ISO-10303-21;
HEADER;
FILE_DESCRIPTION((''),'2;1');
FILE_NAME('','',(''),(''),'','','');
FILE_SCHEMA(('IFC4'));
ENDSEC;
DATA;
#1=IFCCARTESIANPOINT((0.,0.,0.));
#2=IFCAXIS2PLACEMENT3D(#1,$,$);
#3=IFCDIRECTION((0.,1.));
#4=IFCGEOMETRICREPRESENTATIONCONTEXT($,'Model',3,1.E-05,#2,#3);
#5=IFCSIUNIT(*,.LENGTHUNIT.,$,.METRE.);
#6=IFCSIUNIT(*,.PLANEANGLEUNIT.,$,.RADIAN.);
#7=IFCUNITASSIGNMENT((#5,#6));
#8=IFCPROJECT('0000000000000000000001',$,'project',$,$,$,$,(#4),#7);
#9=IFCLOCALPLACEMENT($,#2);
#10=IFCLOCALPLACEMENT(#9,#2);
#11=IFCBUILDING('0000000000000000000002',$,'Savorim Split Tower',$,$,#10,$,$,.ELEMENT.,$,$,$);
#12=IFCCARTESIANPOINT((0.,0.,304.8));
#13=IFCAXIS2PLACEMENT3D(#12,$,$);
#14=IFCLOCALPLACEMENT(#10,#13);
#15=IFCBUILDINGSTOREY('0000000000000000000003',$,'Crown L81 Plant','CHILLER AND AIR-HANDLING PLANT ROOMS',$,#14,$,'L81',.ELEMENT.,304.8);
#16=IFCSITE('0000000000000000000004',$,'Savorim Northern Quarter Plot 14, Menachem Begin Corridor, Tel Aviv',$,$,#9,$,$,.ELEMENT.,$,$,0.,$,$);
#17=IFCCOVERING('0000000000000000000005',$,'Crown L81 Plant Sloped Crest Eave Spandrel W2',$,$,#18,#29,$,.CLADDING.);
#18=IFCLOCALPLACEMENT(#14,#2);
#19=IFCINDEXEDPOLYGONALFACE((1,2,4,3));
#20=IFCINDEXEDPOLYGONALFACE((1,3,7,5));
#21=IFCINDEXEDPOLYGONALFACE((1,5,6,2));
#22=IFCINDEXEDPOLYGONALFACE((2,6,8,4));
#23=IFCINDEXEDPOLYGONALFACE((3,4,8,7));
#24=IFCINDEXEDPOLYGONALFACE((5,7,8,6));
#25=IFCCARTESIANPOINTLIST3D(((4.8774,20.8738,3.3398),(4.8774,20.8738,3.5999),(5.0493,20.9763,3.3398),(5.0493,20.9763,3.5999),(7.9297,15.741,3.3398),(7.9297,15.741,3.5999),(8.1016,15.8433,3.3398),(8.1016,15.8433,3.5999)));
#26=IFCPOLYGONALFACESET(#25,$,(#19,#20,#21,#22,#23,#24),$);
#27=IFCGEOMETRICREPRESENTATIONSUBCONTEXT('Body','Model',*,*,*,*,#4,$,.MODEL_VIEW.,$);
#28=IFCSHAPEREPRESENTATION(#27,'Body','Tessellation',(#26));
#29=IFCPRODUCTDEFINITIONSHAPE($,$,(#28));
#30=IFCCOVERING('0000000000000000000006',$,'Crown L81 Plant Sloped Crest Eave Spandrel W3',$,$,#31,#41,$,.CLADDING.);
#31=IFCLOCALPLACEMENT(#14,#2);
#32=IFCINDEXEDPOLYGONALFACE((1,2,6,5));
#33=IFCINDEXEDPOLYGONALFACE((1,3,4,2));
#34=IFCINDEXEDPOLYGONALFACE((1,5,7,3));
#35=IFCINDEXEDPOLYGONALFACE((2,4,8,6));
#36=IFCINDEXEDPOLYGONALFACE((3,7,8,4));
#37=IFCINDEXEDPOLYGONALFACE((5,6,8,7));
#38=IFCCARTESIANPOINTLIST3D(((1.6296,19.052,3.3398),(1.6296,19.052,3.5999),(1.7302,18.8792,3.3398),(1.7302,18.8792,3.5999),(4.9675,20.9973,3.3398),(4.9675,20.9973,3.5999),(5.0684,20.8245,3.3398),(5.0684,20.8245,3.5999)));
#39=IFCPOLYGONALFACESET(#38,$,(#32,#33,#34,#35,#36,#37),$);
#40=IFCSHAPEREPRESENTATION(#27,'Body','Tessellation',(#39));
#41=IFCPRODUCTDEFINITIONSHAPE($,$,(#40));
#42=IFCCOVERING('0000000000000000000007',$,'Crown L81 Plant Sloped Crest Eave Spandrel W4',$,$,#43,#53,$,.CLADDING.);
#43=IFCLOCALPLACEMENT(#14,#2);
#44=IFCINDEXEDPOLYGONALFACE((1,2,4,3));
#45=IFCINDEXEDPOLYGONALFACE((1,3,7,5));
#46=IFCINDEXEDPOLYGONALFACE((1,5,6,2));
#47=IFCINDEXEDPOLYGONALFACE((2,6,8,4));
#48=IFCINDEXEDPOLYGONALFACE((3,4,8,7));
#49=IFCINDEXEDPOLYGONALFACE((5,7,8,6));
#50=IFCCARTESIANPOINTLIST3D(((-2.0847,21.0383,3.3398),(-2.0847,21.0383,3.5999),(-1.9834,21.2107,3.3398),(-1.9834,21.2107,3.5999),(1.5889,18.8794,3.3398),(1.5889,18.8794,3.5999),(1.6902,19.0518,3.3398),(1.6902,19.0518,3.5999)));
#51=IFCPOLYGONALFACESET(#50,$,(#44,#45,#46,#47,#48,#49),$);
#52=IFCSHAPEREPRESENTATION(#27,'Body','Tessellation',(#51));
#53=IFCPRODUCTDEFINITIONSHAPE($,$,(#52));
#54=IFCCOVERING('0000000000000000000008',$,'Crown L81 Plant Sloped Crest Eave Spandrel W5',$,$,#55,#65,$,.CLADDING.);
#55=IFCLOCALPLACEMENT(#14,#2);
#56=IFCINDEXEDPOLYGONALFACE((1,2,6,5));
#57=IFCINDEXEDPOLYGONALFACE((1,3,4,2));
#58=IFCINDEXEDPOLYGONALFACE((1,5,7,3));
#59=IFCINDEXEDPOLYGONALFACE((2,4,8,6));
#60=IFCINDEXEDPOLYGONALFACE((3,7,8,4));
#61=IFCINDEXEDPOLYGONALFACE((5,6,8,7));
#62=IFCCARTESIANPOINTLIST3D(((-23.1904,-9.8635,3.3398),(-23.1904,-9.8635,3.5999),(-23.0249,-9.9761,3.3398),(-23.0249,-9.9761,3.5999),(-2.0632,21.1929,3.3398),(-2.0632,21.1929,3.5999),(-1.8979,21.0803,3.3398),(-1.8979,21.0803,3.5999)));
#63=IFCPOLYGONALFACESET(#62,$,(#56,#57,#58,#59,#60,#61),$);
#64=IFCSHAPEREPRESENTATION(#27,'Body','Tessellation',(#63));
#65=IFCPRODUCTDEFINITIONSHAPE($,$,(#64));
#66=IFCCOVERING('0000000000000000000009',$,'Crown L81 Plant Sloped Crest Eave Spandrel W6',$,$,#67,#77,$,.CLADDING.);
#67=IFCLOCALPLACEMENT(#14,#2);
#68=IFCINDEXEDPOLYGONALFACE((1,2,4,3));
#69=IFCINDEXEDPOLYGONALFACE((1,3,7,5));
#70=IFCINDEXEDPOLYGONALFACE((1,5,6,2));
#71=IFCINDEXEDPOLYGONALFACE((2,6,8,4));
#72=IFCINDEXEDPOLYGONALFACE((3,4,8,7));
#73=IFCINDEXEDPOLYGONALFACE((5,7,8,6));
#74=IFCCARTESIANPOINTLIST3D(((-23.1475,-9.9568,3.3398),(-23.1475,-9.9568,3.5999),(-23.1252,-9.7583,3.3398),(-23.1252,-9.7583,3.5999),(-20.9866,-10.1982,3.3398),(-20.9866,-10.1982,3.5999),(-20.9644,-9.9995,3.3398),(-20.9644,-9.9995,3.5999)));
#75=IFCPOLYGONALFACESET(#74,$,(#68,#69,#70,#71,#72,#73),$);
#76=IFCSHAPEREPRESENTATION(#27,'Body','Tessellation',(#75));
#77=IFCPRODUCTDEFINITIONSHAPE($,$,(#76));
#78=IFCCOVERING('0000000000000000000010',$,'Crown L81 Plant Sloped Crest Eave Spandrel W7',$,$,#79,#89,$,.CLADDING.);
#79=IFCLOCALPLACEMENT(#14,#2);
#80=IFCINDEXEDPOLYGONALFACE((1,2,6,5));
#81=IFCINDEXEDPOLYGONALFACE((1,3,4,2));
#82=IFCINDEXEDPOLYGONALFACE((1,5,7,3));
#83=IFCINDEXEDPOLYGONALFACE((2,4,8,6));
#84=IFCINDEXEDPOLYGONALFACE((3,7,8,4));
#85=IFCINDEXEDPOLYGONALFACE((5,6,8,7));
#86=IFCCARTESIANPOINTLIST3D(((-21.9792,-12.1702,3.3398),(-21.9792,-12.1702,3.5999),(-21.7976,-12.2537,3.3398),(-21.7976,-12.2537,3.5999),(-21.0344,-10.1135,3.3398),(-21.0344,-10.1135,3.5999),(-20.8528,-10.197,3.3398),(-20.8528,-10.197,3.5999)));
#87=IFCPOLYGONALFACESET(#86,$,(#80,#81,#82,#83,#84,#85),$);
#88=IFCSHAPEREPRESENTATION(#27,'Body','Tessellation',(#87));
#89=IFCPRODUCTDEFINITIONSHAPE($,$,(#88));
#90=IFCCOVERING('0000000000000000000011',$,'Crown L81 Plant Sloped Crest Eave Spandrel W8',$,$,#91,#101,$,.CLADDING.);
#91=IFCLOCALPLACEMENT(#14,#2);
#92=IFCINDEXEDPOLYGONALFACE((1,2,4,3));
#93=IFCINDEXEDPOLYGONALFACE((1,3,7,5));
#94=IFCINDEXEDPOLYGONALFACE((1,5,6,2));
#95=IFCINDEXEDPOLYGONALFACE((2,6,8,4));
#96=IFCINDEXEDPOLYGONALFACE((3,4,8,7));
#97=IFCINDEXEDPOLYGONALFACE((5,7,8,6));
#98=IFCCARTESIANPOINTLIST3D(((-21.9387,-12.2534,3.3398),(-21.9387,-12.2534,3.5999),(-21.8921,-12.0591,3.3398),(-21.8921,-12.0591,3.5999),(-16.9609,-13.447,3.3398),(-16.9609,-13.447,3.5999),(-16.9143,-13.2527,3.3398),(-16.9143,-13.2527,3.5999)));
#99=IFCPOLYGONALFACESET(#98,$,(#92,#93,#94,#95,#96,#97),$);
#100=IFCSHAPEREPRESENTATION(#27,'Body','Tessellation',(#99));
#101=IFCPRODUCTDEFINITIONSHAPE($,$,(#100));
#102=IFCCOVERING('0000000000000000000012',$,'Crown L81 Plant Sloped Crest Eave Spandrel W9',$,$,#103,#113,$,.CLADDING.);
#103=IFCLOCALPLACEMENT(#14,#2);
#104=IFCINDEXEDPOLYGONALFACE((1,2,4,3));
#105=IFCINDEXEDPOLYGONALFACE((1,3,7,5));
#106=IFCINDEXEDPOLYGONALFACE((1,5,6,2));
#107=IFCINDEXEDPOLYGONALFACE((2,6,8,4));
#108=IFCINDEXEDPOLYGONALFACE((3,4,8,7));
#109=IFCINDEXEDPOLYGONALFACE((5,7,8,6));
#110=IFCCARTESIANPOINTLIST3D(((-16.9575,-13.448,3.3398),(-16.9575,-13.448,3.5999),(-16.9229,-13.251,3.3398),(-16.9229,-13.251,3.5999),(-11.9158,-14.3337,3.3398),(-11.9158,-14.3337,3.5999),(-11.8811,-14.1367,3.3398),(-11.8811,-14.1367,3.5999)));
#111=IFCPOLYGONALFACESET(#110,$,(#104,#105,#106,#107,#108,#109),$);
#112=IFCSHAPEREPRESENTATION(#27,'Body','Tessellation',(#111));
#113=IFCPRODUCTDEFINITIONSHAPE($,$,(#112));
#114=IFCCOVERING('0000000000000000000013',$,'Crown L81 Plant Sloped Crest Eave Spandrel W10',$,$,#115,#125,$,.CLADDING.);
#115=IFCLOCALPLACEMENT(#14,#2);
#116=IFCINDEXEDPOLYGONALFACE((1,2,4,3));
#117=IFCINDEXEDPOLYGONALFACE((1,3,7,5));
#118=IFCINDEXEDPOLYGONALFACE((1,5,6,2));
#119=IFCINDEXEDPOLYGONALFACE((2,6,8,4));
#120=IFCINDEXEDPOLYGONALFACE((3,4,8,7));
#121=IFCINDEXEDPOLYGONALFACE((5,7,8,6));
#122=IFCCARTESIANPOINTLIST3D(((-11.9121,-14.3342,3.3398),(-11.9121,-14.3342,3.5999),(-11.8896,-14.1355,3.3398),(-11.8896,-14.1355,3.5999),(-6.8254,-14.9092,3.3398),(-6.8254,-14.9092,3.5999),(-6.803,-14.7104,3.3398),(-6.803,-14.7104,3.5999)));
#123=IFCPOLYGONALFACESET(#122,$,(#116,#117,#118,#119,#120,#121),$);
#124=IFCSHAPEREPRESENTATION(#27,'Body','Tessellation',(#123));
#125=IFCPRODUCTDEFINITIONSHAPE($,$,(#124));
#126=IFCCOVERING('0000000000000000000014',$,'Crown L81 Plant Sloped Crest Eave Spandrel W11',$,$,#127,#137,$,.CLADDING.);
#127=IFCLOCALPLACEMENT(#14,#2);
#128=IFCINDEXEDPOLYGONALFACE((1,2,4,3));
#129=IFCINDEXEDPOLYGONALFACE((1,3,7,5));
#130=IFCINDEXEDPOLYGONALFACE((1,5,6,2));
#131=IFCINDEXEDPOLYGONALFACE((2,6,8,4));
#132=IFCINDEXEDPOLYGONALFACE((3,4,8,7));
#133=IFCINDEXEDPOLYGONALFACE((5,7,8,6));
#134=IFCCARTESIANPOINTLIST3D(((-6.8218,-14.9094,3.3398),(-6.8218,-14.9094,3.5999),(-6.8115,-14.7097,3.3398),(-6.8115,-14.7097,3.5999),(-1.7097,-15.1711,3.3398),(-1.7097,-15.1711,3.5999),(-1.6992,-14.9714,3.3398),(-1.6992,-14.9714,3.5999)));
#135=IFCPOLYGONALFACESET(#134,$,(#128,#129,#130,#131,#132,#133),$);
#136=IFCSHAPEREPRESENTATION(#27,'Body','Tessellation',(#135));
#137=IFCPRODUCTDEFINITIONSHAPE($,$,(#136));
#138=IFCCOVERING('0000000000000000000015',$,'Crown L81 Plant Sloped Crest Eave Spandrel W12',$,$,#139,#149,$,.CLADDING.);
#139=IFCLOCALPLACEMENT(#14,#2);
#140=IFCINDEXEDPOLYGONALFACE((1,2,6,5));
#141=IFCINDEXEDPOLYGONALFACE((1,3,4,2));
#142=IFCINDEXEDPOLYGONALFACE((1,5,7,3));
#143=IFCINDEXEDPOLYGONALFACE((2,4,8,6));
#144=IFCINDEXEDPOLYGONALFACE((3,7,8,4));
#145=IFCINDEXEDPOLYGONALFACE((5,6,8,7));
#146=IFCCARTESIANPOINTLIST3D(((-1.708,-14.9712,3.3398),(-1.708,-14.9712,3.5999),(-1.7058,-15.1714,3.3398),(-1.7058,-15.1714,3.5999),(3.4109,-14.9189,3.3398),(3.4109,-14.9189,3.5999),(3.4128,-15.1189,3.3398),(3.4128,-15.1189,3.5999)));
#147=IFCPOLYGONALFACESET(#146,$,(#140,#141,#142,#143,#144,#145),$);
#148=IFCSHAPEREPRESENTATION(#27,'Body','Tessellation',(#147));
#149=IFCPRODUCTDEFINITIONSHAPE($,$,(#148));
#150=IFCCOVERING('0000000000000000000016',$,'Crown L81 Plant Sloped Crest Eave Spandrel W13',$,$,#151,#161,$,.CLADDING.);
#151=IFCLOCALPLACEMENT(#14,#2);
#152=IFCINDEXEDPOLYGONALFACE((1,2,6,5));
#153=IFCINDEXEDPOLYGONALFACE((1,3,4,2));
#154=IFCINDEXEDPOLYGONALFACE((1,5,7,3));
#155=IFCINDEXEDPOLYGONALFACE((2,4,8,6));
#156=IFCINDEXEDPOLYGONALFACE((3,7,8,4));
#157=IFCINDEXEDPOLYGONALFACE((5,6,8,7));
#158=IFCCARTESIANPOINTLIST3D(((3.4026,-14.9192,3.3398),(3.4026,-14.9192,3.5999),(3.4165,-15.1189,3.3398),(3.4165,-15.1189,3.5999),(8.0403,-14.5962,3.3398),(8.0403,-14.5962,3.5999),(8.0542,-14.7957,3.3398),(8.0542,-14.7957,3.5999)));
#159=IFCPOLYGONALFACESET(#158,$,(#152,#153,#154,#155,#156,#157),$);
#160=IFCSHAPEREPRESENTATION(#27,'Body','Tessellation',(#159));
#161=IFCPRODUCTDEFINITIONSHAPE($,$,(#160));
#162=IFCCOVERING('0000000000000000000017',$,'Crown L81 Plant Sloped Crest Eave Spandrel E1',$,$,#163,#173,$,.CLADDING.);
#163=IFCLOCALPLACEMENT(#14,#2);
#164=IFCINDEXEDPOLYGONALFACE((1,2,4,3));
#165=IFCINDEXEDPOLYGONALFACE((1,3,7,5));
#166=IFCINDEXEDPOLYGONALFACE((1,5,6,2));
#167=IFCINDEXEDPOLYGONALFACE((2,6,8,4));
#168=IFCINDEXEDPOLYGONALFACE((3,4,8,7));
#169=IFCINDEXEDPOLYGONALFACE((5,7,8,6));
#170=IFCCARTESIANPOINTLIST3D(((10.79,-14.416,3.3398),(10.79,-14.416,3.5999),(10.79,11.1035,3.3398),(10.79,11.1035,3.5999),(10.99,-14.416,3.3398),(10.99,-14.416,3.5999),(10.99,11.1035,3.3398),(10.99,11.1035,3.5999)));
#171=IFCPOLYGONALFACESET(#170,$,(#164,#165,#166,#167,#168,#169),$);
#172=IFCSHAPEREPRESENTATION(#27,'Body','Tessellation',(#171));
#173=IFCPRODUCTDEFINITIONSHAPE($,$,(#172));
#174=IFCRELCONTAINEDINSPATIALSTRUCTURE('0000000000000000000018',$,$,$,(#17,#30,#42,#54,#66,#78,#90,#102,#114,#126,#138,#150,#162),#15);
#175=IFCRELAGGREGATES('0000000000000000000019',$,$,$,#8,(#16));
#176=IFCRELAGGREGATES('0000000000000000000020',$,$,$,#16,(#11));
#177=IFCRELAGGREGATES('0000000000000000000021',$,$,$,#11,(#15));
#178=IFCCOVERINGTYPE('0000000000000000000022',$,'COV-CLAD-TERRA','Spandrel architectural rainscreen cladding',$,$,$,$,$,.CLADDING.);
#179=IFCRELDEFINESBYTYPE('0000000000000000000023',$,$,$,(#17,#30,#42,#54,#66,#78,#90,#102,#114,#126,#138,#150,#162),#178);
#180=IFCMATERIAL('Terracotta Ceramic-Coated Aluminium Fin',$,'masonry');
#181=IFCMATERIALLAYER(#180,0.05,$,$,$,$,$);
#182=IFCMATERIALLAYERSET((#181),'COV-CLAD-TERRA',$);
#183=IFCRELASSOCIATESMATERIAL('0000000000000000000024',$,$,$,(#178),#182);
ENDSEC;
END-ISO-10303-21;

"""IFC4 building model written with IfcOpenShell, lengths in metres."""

from ifc_helpers import new_model, si_unit, direction, frame, origin, place, context, subcontext, project, spatial, polyline, outline, extrude, material, layer, layer_set, type_object, element, save


model = new_model("IFC4")

# Units and contexts
model_context = context("Model", 3, precision=1e-05, world=origin(), true_north=direction((0.0, 1.0)))
body_context = subcontext(model_context, "Body", "Model", "MODEL_VIEW")
ifc_project = project(units=[si_unit("LENGTHUNIT", "METRE"), si_unit("PLANEANGLEUNIT", "RADIAN")], contexts=[model_context])

# Site, building, storey
site_placement = place(None, origin())
site = spatial("IfcSite", under=ifc_project, at=site_placement, Name="Savorim Northern Quarter Plot 14, Menachem Begin Corridor, Tel Aviv", CompositionType="ELEMENT", RefElevation=0.0)
building_placement = place(site_placement, origin())
building = spatial("IfcBuilding", under=site, at=building_placement, Name="Savorim Split Tower", CompositionType="ELEMENT")
storey_placement = place(building_placement, frame((0.0, 0.0, 304.8)))
storey = spatial("IfcBuildingStorey", under=building, at=storey_placement, Name="Crown L81 Plant", Description="CHILLER AND AIR-HANDLING PLANT ROOMS", LongName="L81", CompositionType="ELEMENT", Elevation=304.8)

# Coverings
ifc_material_1 = material(Name="Terracotta Ceramic-Coated Aluminium Fin", Category="masonry")
ifc_layer_1 = layer(ifc_material_1, 0.05)
ifc_layer_set_1 = layer_set([ifc_layer_1], Name="COV-CLAD-TERRA")
covering_type = type_object("IfcCoveringType", Name="COV-CLAD-TERRA", Description="Spandrel architectural rainscreen cladding", PredefinedType="CLADDING", material=ifc_layer_set_1)
covering_1_placement = place(storey_placement, frame((0.0, 0.0, 3.3398)))
element("IfcCovering", 1, at=covering_1_placement, inside=storey, type_object=covering_type, Name="Crown L81 Plant Sloped Crest Eave Spandrel W2", PredefinedType="CLADDING", context=body_context, shape_type="SweptSolid", body=[
    extrude(outline(polyline([(8.1016, 15.8433), (5.0493, 20.9763), (4.8774, 20.8738), (7.9297, 15.741), (8.1016, 15.8433)])), origin(), (0.0, 0.0, 1.0), 0.26),
])
covering_2_placement = place(storey_placement, frame((0.0, 0.0, 3.3398)))
element("IfcCovering", 2, at=covering_2_placement, inside=storey, type_object=covering_type, Name="Crown L81 Plant Sloped Crest Eave Spandrel W3", PredefinedType="CLADDING", context=body_context, shape_type="SweptSolid", body=[
    extrude(outline(polyline([(4.9675, 20.9973), (1.6296, 19.052), (1.7302, 18.8792), (5.0684, 20.8245), (4.9675, 20.9973)])), origin(), (0.0, 0.0, 1.0), 0.26),
])
covering_3_placement = place(storey_placement, frame((0.0, 0.0, 3.3398)))
element("IfcCovering", 3, at=covering_3_placement, inside=storey, type_object=covering_type, Name="Crown L81 Plant Sloped Crest Eave Spandrel W4", PredefinedType="CLADDING", context=body_context, shape_type="SweptSolid", body=[
    extrude(outline(polyline([(1.6902, 19.0518), (-1.9834, 21.2107), (-2.0847, 21.0383), (1.5889, 18.8794), (1.6902, 19.0518)])), origin(), (0.0, 0.0, 1.0), 0.26),
])
covering_4_placement = place(storey_placement, frame((0.0, 0.0, 3.3398)))
element("IfcCovering", 4, at=covering_4_placement, inside=storey, type_object=covering_type, Name="Crown L81 Plant Sloped Crest Eave Spandrel W5", PredefinedType="CLADDING", context=body_context, shape_type="SweptSolid", body=[
    extrude(outline(polyline([(-2.0632, 21.1929), (-23.1904, -9.8635), (-23.0249, -9.9761), (-1.8979, 21.0803), (-2.0632, 21.1929)])), origin(), (0.0, 0.0, 1.0), 0.26),
])
covering_5_placement = place(storey_placement, frame((0.0, 0.0, 3.3398)))
element("IfcCovering", 5, at=covering_5_placement, inside=storey, type_object=covering_type, Name="Crown L81 Plant Sloped Crest Eave Spandrel W6", PredefinedType="CLADDING", context=body_context, shape_type="SweptSolid", body=[
    extrude(outline(polyline([(-23.1475, -9.9568), (-20.9866, -10.1982), (-20.9644, -9.9995), (-23.1252, -9.7583), (-23.1475, -9.9568)])), origin(), (0.0, 0.0, 1.0), 0.26),
])
covering_6_placement = place(storey_placement, frame((0.0, 0.0, 3.3398)))
element("IfcCovering", 6, at=covering_6_placement, inside=storey, type_object=covering_type, Name="Crown L81 Plant Sloped Crest Eave Spandrel W7", PredefinedType="CLADDING", context=body_context, shape_type="SweptSolid", body=[
    extrude(outline(polyline([(-21.0344, -10.1135), (-21.9792, -12.1702), (-21.7976, -12.2537), (-20.8528, -10.197), (-21.0344, -10.1135)])), origin(), (0.0, 0.0, 1.0), 0.26),
])
covering_7_placement = place(storey_placement, frame((0.0, 0.0, 3.3398)))
element("IfcCovering", 7, at=covering_7_placement, inside=storey, type_object=covering_type, Name="Crown L81 Plant Sloped Crest Eave Spandrel W8", PredefinedType="CLADDING", context=body_context, shape_type="SweptSolid", body=[
    extrude(outline(polyline([(-21.9387, -12.2534), (-16.9609, -13.447), (-16.9143, -13.2527), (-21.8921, -12.0591), (-21.9387, -12.2534)])), origin(), (0.0, 0.0, 1.0), 0.26),
])
covering_8_placement = place(storey_placement, frame((0.0, 0.0, 3.3398)))
element("IfcCovering", 8, at=covering_8_placement, inside=storey, type_object=covering_type, Name="Crown L81 Plant Sloped Crest Eave Spandrel W9", PredefinedType="CLADDING", context=body_context, shape_type="SweptSolid", body=[
    extrude(outline(polyline([(-16.9575, -13.448), (-11.9158, -14.3337), (-11.8811, -14.1367), (-16.9229, -13.251), (-16.9575, -13.448)])), origin(), (0.0, 0.0, 1.0), 0.26),
])
covering_9_placement = place(storey_placement, frame((0.0, 0.0, 3.3398)))
element("IfcCovering", 9, at=covering_9_placement, inside=storey, type_object=covering_type, Name="Crown L81 Plant Sloped Crest Eave Spandrel W10", PredefinedType="CLADDING", context=body_context, shape_type="SweptSolid", body=[
    extrude(outline(polyline([(-11.9121, -14.3342), (-6.8254, -14.9092), (-6.803, -14.7104), (-11.8896, -14.1355), (-11.9121, -14.3342)])), origin(), (0.0, 0.0, 1.0), 0.26),
])
covering_10_placement = place(storey_placement, frame((0.0, 0.0, 3.3398)))
element("IfcCovering", 10, at=covering_10_placement, inside=storey, type_object=covering_type, Name="Crown L81 Plant Sloped Crest Eave Spandrel W11", PredefinedType="CLADDING", context=body_context, shape_type="SweptSolid", body=[
    extrude(outline(polyline([(-6.8218, -14.9094), (-1.7097, -15.1711), (-1.6992, -14.9714), (-6.8115, -14.7097), (-6.8218, -14.9094)])), origin(), (0.0, 0.0, 1.0), 0.26),
])
covering_11_placement = place(storey_placement, frame((0.0, 0.0, 3.3398)))
element("IfcCovering", 11, at=covering_11_placement, inside=storey, type_object=covering_type, Name="Crown L81 Plant Sloped Crest Eave Spandrel W12", PredefinedType="CLADDING", context=body_context, shape_type="SweptSolid", body=[
    extrude(outline(polyline([(-1.7058, -15.1714), (3.4128, -15.1189), (3.4109, -14.9189), (-1.708, -14.9712), (-1.7058, -15.1714)])), origin(), (0.0, 0.0, 1.0), 0.26),
])
covering_12_placement = place(storey_placement, frame((0.0, 0.0, 3.3398)))
element("IfcCovering", 12, at=covering_12_placement, inside=storey, type_object=covering_type, Name="Crown L81 Plant Sloped Crest Eave Spandrel W13", PredefinedType="CLADDING", context=body_context, shape_type="SweptSolid", body=[
    extrude(outline(polyline([(3.4165, -15.1189), (8.0542, -14.7957), (8.0403, -14.5962), (3.4026, -14.9192), (3.4165, -15.1189)])), origin(), (0.0, 0.0, 1.0), 0.26),
])
covering_13_placement = place(storey_placement, frame((0.0, 0.0, 3.3398)))
element("IfcCovering", 13, at=covering_13_placement, inside=storey, type_object=covering_type, Name="Crown L81 Plant Sloped Crest Eave Spandrel E1", PredefinedType="CLADDING", context=body_context, shape_type="SweptSolid", body=[
    extrude(outline(polyline([(10.79, 11.1035), (10.79, -14.416), (10.99, -14.416), (10.99, 11.1035), (10.79, 11.1035)])), origin(), (0.0, 0.0, 1.0), 0.26),
])

save(model, "model.ifc")
